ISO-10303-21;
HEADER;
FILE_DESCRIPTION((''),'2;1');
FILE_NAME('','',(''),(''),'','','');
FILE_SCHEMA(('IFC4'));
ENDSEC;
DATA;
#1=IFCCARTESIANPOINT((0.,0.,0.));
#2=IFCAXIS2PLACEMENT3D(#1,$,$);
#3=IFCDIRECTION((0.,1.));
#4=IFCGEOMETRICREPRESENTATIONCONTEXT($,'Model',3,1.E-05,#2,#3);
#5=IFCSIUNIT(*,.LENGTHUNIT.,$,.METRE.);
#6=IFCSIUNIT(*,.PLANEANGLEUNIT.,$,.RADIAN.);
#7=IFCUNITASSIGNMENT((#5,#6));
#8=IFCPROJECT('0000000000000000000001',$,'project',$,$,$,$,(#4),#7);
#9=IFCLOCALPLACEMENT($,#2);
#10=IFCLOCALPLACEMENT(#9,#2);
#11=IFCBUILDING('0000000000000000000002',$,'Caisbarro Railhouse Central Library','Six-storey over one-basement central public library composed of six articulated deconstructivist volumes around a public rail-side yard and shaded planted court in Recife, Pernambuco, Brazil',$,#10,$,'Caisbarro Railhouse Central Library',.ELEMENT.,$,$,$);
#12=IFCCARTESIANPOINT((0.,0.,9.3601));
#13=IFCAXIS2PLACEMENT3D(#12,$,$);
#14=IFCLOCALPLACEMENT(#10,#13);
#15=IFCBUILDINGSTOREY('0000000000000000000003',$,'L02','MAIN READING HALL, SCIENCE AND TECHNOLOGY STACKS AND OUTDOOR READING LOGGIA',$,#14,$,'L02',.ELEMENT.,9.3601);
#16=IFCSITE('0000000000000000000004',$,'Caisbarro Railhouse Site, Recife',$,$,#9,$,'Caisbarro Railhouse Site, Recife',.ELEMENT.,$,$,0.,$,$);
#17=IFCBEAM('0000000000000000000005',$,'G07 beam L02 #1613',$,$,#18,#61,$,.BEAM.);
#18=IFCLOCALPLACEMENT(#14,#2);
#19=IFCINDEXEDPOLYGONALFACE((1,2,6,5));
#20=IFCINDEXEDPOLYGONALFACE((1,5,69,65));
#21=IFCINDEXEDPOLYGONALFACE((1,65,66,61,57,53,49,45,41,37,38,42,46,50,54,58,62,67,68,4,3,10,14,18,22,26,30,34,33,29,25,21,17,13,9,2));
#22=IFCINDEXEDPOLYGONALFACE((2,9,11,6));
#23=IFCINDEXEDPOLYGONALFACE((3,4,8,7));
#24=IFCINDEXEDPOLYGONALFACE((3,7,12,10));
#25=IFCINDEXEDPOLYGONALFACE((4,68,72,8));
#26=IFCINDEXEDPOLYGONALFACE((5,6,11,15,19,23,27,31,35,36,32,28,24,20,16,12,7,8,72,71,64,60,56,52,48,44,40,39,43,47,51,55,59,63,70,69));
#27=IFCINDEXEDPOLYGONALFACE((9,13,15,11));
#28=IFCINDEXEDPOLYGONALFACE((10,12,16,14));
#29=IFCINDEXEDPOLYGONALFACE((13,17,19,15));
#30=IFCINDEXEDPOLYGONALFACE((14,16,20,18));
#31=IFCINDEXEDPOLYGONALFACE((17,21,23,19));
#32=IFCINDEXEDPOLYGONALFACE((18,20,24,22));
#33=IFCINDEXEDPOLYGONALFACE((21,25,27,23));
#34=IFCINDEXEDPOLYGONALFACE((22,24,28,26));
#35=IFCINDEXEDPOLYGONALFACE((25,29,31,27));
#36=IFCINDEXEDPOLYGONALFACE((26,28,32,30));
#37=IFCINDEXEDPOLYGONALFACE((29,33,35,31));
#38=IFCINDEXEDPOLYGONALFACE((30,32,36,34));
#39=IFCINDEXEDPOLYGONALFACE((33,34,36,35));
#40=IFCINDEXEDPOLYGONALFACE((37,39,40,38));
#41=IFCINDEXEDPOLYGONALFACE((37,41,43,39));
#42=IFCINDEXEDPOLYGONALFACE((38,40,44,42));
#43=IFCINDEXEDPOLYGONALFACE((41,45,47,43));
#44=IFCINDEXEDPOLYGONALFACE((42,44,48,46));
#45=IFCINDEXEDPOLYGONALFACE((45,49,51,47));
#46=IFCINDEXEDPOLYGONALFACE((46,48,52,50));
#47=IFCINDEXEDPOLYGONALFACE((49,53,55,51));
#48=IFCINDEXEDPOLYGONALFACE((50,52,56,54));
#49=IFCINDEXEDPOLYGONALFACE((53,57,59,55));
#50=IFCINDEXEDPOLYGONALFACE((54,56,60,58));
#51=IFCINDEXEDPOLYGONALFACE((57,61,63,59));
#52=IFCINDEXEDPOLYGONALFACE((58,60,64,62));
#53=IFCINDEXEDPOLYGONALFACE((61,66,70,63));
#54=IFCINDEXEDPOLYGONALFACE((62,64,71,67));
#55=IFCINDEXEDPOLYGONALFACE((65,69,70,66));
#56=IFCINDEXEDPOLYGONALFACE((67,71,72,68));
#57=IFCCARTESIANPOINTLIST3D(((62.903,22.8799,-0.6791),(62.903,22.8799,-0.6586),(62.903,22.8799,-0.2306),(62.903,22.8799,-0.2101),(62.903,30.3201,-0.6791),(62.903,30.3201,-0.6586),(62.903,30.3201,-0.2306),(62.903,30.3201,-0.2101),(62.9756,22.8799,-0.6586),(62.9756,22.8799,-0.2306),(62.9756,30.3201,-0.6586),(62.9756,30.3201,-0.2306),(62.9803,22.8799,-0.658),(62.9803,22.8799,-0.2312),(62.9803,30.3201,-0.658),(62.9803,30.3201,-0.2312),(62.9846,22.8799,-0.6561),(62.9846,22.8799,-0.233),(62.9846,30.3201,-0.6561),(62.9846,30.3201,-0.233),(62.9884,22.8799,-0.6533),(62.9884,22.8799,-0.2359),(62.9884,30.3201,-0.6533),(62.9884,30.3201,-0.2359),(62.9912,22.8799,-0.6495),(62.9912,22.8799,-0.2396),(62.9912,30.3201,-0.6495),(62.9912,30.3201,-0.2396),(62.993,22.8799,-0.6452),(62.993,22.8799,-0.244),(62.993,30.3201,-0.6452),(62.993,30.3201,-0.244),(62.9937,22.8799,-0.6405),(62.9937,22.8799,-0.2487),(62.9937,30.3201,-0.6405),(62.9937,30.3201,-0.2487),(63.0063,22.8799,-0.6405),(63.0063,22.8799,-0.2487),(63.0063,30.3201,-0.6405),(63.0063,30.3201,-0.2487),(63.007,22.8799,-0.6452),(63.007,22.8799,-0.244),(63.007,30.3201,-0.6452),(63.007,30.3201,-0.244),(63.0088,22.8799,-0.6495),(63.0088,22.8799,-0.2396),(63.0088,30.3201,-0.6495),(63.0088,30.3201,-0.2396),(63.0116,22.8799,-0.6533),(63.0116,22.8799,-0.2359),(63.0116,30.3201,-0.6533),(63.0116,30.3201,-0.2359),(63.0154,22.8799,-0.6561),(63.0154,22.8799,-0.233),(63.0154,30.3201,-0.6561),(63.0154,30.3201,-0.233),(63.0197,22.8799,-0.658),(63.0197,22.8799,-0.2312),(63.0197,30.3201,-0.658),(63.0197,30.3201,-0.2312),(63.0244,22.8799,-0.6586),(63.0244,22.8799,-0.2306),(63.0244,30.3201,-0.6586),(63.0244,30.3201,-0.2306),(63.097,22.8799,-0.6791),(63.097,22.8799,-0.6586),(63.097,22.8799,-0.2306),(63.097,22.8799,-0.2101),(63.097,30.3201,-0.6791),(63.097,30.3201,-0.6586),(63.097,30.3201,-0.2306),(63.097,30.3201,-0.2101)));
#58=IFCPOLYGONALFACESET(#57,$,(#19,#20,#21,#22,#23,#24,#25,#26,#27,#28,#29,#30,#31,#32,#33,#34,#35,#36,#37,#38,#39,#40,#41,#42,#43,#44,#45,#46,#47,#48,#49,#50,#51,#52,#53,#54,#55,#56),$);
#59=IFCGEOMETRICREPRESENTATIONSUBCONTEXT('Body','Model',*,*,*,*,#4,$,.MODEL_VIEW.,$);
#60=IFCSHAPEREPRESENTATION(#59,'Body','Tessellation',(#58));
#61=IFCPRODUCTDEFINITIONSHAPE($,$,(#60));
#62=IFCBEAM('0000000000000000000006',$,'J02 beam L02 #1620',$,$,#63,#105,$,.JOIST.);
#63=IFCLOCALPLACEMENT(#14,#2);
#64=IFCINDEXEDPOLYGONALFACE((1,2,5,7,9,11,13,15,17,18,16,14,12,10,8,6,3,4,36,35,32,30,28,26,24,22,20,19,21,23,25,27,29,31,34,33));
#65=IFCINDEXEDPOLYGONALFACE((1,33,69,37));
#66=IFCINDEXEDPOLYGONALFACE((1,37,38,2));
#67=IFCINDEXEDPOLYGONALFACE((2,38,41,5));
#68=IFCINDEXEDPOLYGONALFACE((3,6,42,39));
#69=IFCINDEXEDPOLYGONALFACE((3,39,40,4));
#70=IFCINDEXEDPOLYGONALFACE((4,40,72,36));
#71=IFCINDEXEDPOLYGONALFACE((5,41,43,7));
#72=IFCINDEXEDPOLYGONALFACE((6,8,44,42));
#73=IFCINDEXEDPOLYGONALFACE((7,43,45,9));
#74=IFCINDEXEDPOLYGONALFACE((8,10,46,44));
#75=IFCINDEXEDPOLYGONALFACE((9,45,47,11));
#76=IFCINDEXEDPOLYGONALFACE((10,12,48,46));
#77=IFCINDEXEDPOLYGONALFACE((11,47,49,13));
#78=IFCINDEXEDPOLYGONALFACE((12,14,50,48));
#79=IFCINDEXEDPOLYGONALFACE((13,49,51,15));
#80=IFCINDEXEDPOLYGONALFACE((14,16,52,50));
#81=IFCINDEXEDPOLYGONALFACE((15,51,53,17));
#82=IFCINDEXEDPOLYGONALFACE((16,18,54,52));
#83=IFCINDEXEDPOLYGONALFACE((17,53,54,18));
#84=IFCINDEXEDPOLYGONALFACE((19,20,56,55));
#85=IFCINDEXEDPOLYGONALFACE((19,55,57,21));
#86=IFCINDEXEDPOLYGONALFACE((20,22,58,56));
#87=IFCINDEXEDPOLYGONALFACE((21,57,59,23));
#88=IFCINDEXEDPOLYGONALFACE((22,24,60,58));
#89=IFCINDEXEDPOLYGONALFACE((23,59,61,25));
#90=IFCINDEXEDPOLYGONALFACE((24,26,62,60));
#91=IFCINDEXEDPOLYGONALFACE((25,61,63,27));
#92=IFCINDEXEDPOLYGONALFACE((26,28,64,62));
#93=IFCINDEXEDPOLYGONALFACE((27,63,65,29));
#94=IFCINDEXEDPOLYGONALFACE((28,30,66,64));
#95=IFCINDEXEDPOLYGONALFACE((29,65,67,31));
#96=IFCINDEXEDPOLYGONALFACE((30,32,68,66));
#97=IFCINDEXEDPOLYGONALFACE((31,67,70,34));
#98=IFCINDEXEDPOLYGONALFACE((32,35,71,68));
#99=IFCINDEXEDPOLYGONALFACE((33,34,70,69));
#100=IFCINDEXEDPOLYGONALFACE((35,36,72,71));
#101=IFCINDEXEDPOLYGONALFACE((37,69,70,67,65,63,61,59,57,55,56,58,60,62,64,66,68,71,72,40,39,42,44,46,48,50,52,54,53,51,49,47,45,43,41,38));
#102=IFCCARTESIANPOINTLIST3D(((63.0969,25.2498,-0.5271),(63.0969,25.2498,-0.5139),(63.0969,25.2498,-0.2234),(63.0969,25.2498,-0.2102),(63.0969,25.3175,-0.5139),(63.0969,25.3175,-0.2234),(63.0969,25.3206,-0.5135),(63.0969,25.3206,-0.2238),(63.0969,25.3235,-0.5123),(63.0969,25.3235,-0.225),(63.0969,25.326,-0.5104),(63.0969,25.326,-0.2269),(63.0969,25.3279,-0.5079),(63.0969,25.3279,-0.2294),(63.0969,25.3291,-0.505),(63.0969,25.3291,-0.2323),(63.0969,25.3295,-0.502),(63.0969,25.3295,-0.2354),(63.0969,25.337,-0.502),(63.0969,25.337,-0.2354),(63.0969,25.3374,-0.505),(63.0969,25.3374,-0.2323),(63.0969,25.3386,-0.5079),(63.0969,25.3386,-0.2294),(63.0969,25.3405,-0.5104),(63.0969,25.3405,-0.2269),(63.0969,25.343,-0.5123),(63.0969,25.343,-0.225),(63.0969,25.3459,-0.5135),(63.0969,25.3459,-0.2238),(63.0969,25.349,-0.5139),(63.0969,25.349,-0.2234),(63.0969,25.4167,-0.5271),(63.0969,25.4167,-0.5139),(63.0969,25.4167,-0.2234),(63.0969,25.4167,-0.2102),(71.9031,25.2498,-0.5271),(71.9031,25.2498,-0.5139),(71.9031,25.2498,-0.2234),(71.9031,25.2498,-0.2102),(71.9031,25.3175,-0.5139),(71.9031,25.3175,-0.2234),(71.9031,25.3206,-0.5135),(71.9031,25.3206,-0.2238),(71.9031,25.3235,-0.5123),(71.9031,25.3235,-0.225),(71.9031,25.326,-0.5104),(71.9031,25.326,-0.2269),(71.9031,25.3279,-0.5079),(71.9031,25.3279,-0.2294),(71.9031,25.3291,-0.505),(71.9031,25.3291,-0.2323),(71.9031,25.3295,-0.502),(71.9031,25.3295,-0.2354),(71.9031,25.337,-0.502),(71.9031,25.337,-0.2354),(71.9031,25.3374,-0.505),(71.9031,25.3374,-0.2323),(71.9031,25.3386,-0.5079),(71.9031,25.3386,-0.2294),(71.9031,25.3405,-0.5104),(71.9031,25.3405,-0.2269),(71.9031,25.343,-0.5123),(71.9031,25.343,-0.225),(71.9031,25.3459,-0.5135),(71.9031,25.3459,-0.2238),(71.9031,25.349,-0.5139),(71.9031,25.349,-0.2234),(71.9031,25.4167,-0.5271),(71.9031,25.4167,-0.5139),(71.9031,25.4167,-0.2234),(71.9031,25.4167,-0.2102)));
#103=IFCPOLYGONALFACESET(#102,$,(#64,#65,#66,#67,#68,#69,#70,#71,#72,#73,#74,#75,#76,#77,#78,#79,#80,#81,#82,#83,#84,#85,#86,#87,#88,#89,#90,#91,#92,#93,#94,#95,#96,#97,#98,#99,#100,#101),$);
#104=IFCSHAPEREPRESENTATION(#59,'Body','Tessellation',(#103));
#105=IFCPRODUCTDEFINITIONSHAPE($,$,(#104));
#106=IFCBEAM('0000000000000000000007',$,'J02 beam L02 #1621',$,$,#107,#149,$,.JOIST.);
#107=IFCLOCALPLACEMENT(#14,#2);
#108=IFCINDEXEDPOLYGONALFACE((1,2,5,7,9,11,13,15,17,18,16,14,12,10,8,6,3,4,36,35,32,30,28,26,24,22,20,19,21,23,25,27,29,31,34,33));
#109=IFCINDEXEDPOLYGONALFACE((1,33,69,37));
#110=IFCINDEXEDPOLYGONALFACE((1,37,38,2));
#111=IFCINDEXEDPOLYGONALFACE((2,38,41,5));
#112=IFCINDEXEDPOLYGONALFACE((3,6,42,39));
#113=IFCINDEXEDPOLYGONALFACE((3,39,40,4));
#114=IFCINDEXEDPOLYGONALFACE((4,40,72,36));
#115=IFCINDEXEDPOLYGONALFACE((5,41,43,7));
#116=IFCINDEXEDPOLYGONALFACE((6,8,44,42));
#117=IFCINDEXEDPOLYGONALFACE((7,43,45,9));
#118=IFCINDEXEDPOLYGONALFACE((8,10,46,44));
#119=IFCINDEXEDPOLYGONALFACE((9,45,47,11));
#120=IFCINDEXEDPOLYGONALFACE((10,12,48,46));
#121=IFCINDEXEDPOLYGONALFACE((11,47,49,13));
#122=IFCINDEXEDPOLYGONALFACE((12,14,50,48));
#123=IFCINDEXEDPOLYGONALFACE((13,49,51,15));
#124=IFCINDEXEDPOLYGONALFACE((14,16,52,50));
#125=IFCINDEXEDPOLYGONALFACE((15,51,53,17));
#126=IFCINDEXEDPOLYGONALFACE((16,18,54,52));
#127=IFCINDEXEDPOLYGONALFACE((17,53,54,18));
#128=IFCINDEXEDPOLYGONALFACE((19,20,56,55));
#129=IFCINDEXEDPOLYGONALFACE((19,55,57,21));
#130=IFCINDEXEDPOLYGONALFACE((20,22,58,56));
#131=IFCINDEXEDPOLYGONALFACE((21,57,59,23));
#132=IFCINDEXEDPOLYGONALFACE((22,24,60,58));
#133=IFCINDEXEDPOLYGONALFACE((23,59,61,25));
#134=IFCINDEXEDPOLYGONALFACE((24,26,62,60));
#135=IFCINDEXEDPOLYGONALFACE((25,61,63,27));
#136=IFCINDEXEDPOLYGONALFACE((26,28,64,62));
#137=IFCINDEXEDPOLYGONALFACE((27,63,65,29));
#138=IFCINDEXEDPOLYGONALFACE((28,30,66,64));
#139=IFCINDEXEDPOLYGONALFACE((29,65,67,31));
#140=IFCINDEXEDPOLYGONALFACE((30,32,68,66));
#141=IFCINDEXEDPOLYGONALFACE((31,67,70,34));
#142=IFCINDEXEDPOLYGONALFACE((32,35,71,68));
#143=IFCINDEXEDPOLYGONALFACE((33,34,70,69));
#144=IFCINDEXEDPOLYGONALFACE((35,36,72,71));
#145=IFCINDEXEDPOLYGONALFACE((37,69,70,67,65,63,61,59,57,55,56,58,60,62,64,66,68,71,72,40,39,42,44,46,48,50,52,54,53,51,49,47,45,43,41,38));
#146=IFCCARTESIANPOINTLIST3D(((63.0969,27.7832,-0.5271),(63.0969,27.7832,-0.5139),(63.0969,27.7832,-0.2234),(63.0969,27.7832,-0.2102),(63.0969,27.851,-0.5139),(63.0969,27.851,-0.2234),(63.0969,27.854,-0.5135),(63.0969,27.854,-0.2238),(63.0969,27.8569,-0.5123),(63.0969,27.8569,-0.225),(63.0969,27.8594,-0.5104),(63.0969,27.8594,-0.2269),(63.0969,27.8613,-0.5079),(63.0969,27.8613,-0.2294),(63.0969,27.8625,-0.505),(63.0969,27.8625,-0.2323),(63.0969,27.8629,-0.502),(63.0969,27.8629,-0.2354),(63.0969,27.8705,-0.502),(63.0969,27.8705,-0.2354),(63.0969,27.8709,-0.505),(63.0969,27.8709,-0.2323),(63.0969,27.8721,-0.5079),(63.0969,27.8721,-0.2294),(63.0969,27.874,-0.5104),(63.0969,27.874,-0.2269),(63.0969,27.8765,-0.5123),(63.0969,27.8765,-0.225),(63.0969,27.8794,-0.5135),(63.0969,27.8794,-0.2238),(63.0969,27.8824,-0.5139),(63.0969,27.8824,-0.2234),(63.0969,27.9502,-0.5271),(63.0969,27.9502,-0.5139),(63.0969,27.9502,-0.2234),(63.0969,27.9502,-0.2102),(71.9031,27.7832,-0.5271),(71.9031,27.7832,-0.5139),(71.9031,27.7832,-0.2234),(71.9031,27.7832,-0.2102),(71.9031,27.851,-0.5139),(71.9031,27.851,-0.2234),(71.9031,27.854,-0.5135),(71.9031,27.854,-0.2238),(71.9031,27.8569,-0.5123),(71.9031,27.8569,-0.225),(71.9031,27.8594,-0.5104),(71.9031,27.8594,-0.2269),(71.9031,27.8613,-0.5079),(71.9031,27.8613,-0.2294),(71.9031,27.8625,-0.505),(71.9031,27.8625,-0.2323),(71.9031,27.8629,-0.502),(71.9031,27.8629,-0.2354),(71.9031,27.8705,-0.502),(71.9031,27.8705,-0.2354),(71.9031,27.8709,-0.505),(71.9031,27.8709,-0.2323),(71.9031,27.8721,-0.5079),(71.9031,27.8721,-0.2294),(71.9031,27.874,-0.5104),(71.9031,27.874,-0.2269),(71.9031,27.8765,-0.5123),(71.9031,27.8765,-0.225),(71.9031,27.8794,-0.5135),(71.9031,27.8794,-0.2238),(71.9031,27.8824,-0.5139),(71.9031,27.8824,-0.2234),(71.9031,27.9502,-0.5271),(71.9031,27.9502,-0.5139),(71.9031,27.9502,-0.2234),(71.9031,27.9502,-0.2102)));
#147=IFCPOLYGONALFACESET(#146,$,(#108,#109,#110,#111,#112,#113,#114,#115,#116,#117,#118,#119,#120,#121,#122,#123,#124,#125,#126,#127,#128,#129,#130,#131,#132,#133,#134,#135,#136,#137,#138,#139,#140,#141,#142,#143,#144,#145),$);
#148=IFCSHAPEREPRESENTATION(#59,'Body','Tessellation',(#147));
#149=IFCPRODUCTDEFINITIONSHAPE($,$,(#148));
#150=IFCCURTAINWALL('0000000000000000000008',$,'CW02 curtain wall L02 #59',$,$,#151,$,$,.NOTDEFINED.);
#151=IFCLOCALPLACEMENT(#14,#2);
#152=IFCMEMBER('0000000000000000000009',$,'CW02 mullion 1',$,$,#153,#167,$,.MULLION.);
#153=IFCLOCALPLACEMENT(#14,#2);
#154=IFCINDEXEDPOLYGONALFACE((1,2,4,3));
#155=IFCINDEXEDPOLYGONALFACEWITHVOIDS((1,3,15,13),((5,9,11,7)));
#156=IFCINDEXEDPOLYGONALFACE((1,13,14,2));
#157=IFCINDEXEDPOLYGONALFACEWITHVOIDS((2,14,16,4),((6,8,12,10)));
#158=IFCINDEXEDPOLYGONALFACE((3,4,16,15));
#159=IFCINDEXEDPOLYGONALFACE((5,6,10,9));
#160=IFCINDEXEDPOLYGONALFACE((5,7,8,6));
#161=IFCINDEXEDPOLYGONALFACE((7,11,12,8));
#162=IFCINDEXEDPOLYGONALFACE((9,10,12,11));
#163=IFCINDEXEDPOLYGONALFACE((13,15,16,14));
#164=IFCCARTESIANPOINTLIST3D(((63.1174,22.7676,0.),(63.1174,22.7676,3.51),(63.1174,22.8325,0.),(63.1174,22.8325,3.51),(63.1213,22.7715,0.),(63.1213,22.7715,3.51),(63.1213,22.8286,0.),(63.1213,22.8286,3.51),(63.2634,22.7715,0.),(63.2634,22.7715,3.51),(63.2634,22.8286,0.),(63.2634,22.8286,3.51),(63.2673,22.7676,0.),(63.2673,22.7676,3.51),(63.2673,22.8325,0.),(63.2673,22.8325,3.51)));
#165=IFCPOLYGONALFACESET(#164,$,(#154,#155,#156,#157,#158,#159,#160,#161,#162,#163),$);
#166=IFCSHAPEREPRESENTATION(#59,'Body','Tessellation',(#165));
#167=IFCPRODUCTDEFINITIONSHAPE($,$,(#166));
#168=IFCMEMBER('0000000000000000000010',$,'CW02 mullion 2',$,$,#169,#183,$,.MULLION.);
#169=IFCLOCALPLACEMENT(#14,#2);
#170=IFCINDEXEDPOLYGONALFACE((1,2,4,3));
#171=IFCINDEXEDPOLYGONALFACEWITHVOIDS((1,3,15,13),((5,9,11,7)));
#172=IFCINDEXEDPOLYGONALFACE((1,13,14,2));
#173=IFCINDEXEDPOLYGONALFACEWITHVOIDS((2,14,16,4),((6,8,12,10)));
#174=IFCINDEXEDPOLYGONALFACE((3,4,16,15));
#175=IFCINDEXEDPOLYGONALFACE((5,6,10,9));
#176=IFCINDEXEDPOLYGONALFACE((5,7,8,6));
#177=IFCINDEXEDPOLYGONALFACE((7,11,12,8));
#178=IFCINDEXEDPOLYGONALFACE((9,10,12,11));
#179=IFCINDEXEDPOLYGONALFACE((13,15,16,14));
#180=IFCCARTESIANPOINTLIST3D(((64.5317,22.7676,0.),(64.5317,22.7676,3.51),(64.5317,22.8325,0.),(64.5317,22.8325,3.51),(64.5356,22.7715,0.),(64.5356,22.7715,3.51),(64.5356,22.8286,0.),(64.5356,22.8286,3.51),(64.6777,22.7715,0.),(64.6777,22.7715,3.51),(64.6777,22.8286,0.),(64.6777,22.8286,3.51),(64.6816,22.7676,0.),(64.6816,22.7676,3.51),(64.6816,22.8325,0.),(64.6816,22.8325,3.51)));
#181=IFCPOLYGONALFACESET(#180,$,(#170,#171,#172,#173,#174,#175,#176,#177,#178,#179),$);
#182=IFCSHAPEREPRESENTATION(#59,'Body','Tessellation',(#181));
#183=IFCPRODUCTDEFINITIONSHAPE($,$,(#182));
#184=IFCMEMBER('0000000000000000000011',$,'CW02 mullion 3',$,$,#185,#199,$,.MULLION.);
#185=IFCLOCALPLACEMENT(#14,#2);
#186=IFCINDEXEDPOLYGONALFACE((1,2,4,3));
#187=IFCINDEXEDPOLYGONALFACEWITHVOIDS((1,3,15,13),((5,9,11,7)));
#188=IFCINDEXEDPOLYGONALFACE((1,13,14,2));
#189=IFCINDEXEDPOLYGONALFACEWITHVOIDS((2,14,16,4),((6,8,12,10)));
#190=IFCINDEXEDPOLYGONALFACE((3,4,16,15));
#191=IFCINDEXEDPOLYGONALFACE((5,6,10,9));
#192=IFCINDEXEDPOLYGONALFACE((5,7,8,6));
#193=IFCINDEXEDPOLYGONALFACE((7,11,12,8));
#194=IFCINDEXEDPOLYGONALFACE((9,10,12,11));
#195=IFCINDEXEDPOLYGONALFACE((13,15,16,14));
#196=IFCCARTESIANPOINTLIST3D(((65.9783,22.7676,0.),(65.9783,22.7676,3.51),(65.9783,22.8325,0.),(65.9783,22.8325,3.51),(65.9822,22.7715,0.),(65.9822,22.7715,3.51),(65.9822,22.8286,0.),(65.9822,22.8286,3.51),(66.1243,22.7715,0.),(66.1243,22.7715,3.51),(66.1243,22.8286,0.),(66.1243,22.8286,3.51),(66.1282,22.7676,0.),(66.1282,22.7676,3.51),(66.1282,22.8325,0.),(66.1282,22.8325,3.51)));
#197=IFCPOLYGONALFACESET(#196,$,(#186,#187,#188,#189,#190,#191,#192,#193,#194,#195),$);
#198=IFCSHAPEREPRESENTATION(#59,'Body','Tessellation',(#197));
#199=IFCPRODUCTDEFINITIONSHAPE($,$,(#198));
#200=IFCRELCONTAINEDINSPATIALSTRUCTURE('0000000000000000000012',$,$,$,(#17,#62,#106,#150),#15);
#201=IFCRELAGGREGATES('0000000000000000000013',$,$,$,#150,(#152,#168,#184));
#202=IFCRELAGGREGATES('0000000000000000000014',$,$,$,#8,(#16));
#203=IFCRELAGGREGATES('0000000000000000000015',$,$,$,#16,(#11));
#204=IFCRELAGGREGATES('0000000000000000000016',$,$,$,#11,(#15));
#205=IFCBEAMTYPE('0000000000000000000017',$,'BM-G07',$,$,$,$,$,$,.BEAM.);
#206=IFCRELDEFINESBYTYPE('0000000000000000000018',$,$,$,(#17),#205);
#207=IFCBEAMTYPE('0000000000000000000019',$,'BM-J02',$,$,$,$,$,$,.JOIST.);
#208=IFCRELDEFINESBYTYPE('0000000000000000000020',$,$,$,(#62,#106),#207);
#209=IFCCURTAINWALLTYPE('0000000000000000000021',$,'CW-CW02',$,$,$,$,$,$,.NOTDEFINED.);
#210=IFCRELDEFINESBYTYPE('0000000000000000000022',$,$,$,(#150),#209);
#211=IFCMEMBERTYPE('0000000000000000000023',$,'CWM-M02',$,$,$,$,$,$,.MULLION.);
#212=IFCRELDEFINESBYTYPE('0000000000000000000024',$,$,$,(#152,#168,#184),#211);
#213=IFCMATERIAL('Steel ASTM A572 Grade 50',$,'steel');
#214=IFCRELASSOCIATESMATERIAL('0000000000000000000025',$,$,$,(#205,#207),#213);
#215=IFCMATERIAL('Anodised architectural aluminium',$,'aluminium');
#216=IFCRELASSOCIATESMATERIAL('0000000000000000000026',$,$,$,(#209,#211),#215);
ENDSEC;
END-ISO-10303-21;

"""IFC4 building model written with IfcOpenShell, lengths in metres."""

from ifc_helpers import new_model, si_unit, direction, frame, origin, origin_2d, place, context, subcontext, project, spatial, hollow_rectangle, i_section, extrude, material, material_profile, profile_set, type_object, element, aggregate, save


model = new_model("IFC4")

# Units and contexts
model_context = context("Model", 3, precision=1e-05, world=origin(), true_north=direction((0.0, 1.0)))
body_context = subcontext(model_context, "Body", "Model", "MODEL_VIEW")
ifc_project = project(units=[si_unit("LENGTHUNIT", "METRE"), si_unit("PLANEANGLEUNIT", "RADIAN")], contexts=[model_context])

# Site, building, storey
site_placement = place(None, origin())
site = spatial("IfcSite", under=ifc_project, at=site_placement, Name="Caisbarro Railhouse Site, Recife", LongName="Caisbarro Railhouse Site, Recife", CompositionType="ELEMENT", RefElevation=0.0)
building_placement = place(site_placement, origin())
building = spatial("IfcBuilding", under=site, at=building_placement, Name="Caisbarro Railhouse Central Library", Description="Six-storey over one-basement central public library composed of six articulated deconstructivist volumes around a public rail-side yard and shaded planted court in Recife, Pernambuco, Brazil", LongName="Caisbarro Railhouse Central Library", CompositionType="ELEMENT")
storey_placement = place(building_placement, frame((0.0, 0.0, 9.3601)))
storey = spatial("IfcBuildingStorey", under=building, at=storey_placement, Name="L02", Description="MAIN READING HALL, SCIENCE AND TECHNOLOGY STACKS AND OUTDOOR READING LOGGIA", LongName="L02", CompositionType="ELEMENT", Elevation=9.3601)

# Beams
ifc_material_1 = material(Name="Steel ASTM A572 Grade 50", Category="steel")
ifc_material_profile_1 = material_profile(ifc_material_1, i_section(OverallWidth=0.1941, OverallDepth=0.469, WebThickness=0.0127, FlangeThickness=0.0205, FilletRadius=0.0181, at=origin_2d()), Name="W460X106.0")
ifc_profile_set_1 = profile_set([ifc_material_profile_1], Name="Steel ASTM A572 Grade 50")
beam_type_1 = type_object("IfcBeamType", Name="BM-G07", PredefinedType="BEAM", material=ifc_profile_set_1)
beam_placement = place(storey_placement, frame((63.0, 22.8799, -0.4446), z_axis=(0.0, 1.0, 0.0), x_axis=(-1.0, 0.0, 0.0)))
element("IfcBeam", 1, at=beam_placement, inside=storey, type_object=beam_type_1, Name="G07 beam L02 #1613", PredefinedType="BEAM", context=body_context, shape_type="SweptSolid", body=[
    extrude(i_section(OverallWidth=0.1941, OverallDepth=0.469, WebThickness=0.0127, FlangeThickness=0.0205, FilletRadius=0.0181, at=origin_2d()), origin(), (0.0, 0.0, 1.0), 7.4402),
])
ifc_material_profile_2 = material_profile(ifc_material_1, i_section(OverallWidth=0.167, OverallDepth=0.3169, WebThickness=0.0076, FlangeThickness=0.0132, FilletRadius=0.012, at=origin_2d()), Name="W310X52.0")
ifc_profile_set_2 = profile_set([ifc_material_profile_2], Name="Steel ASTM A572 Grade 50")
beam_type_2 = type_object("IfcBeamType", Name="BM-J02", PredefinedType="JOIST", material=ifc_profile_set_2)
for number, where, z_axis, x_axis, name in (
    (2, (63.0969, 25.3333, -0.3687), (1.0, 0.0, 0.0), (0.0, 1.0, 0.0), "J02 beam L02 #1620"),
    (3, (63.0969, 27.8667, -0.3687), (1.0, 0.0, 0.0), (0.0, 1.0, 0.0), "J02 beam L02 #1621"),
):
    element("IfcBeam", number, at=place(storey_placement, frame(where, z_axis=z_axis, x_axis=x_axis)), inside=storey, type_object=beam_type_2, Name=name, PredefinedType="JOIST", context=body_context, shape_type="SweptSolid", body=[
        extrude(i_section(OverallWidth=0.167, OverallDepth=0.3169, WebThickness=0.0076, FlangeThickness=0.0132, FilletRadius=0.012, at=origin_2d()), origin(), (0.0, 0.0, 1.0), 8.8062),
    ])

# Curtain wall, members
ifc_material_2 = material(Name="Anodised architectural aluminium", Category="aluminium")
curtain_wall_type = type_object("IfcCurtainWallType", Name="CW-CW02", PredefinedType="NOTDEFINED", material=ifc_material_2)
curtain_wall_placement = place(storey_placement, origin())
curtain_wall = element("IfcCurtainWall", 4, at=curtain_wall_placement, inside=storey, type_object=curtain_wall_type, Name="CW02 curtain wall L02 #59", PredefinedType="NOTDEFINED")
ifc_material_profile_3 = material_profile(ifc_material_2, hollow_rectangle(XDim=0.0649, YDim=0.1499, WallThickness=0.0039, at=origin_2d()), Name="ALU-MUL-65X150")
ifc_profile_set_3 = profile_set([ifc_material_profile_3], Name="Anodised architectural aluminium")
member_type_1 = type_object("IfcMemberType", Name="CWM-M02", PredefinedType="MULLION", material=ifc_profile_set_3)
member_1_placement = place(storey_placement, frame((63.1924, 22.8, 0.0), z_axis=(0.0, 0.0, 1.0), x_axis=(0.0, 1.0, 0.0)))
member_1 = element("IfcMember", 5, at=member_1_placement, type_object=member_type_1, Name="CW02 mullion 1", PredefinedType="MULLION", context=body_context, shape_type="SweptSolid", body=[
    extrude(hollow_rectangle(XDim=0.0649, YDim=0.1499, WallThickness=0.0039, at=origin_2d()), origin(), (0.0, 0.0, 1.0), 3.51),
])
member_2_placement = place(storey_placement, frame((64.6067, 22.8, 0.0), z_axis=(0.0, 0.0, 1.0), x_axis=(0.0, 1.0, 0.0)))
member_2 = element("IfcMember", 6, at=member_2_placement, type_object=member_type_1, Name="CW02 mullion 2", PredefinedType="MULLION", context=body_context, shape_type="SweptSolid", body=[
    extrude(hollow_rectangle(XDim=0.0649, YDim=0.1499, WallThickness=0.0039, at=origin_2d()), origin(), (0.0, 0.0, 1.0), 3.51),
])
member_3_placement = place(storey_placement, frame((66.0532, 22.8, 0.0), z_axis=(0.0, 0.0, 1.0), x_axis=(0.0, 1.0, 0.0)))
member_3 = element("IfcMember", 7, at=member_3_placement, type_object=member_type_1, Name="CW02 mullion 3", PredefinedType="MULLION", context=body_context, shape_type="SweptSolid", body=[
    extrude(hollow_rectangle(XDim=0.0649, YDim=0.1499, WallThickness=0.0039, at=origin_2d()), origin(), (0.0, 0.0, 1.0), 3.51),
])
aggregate(curtain_wall, [member_1, member_2, member_3])

save(model, "model.ifc")
